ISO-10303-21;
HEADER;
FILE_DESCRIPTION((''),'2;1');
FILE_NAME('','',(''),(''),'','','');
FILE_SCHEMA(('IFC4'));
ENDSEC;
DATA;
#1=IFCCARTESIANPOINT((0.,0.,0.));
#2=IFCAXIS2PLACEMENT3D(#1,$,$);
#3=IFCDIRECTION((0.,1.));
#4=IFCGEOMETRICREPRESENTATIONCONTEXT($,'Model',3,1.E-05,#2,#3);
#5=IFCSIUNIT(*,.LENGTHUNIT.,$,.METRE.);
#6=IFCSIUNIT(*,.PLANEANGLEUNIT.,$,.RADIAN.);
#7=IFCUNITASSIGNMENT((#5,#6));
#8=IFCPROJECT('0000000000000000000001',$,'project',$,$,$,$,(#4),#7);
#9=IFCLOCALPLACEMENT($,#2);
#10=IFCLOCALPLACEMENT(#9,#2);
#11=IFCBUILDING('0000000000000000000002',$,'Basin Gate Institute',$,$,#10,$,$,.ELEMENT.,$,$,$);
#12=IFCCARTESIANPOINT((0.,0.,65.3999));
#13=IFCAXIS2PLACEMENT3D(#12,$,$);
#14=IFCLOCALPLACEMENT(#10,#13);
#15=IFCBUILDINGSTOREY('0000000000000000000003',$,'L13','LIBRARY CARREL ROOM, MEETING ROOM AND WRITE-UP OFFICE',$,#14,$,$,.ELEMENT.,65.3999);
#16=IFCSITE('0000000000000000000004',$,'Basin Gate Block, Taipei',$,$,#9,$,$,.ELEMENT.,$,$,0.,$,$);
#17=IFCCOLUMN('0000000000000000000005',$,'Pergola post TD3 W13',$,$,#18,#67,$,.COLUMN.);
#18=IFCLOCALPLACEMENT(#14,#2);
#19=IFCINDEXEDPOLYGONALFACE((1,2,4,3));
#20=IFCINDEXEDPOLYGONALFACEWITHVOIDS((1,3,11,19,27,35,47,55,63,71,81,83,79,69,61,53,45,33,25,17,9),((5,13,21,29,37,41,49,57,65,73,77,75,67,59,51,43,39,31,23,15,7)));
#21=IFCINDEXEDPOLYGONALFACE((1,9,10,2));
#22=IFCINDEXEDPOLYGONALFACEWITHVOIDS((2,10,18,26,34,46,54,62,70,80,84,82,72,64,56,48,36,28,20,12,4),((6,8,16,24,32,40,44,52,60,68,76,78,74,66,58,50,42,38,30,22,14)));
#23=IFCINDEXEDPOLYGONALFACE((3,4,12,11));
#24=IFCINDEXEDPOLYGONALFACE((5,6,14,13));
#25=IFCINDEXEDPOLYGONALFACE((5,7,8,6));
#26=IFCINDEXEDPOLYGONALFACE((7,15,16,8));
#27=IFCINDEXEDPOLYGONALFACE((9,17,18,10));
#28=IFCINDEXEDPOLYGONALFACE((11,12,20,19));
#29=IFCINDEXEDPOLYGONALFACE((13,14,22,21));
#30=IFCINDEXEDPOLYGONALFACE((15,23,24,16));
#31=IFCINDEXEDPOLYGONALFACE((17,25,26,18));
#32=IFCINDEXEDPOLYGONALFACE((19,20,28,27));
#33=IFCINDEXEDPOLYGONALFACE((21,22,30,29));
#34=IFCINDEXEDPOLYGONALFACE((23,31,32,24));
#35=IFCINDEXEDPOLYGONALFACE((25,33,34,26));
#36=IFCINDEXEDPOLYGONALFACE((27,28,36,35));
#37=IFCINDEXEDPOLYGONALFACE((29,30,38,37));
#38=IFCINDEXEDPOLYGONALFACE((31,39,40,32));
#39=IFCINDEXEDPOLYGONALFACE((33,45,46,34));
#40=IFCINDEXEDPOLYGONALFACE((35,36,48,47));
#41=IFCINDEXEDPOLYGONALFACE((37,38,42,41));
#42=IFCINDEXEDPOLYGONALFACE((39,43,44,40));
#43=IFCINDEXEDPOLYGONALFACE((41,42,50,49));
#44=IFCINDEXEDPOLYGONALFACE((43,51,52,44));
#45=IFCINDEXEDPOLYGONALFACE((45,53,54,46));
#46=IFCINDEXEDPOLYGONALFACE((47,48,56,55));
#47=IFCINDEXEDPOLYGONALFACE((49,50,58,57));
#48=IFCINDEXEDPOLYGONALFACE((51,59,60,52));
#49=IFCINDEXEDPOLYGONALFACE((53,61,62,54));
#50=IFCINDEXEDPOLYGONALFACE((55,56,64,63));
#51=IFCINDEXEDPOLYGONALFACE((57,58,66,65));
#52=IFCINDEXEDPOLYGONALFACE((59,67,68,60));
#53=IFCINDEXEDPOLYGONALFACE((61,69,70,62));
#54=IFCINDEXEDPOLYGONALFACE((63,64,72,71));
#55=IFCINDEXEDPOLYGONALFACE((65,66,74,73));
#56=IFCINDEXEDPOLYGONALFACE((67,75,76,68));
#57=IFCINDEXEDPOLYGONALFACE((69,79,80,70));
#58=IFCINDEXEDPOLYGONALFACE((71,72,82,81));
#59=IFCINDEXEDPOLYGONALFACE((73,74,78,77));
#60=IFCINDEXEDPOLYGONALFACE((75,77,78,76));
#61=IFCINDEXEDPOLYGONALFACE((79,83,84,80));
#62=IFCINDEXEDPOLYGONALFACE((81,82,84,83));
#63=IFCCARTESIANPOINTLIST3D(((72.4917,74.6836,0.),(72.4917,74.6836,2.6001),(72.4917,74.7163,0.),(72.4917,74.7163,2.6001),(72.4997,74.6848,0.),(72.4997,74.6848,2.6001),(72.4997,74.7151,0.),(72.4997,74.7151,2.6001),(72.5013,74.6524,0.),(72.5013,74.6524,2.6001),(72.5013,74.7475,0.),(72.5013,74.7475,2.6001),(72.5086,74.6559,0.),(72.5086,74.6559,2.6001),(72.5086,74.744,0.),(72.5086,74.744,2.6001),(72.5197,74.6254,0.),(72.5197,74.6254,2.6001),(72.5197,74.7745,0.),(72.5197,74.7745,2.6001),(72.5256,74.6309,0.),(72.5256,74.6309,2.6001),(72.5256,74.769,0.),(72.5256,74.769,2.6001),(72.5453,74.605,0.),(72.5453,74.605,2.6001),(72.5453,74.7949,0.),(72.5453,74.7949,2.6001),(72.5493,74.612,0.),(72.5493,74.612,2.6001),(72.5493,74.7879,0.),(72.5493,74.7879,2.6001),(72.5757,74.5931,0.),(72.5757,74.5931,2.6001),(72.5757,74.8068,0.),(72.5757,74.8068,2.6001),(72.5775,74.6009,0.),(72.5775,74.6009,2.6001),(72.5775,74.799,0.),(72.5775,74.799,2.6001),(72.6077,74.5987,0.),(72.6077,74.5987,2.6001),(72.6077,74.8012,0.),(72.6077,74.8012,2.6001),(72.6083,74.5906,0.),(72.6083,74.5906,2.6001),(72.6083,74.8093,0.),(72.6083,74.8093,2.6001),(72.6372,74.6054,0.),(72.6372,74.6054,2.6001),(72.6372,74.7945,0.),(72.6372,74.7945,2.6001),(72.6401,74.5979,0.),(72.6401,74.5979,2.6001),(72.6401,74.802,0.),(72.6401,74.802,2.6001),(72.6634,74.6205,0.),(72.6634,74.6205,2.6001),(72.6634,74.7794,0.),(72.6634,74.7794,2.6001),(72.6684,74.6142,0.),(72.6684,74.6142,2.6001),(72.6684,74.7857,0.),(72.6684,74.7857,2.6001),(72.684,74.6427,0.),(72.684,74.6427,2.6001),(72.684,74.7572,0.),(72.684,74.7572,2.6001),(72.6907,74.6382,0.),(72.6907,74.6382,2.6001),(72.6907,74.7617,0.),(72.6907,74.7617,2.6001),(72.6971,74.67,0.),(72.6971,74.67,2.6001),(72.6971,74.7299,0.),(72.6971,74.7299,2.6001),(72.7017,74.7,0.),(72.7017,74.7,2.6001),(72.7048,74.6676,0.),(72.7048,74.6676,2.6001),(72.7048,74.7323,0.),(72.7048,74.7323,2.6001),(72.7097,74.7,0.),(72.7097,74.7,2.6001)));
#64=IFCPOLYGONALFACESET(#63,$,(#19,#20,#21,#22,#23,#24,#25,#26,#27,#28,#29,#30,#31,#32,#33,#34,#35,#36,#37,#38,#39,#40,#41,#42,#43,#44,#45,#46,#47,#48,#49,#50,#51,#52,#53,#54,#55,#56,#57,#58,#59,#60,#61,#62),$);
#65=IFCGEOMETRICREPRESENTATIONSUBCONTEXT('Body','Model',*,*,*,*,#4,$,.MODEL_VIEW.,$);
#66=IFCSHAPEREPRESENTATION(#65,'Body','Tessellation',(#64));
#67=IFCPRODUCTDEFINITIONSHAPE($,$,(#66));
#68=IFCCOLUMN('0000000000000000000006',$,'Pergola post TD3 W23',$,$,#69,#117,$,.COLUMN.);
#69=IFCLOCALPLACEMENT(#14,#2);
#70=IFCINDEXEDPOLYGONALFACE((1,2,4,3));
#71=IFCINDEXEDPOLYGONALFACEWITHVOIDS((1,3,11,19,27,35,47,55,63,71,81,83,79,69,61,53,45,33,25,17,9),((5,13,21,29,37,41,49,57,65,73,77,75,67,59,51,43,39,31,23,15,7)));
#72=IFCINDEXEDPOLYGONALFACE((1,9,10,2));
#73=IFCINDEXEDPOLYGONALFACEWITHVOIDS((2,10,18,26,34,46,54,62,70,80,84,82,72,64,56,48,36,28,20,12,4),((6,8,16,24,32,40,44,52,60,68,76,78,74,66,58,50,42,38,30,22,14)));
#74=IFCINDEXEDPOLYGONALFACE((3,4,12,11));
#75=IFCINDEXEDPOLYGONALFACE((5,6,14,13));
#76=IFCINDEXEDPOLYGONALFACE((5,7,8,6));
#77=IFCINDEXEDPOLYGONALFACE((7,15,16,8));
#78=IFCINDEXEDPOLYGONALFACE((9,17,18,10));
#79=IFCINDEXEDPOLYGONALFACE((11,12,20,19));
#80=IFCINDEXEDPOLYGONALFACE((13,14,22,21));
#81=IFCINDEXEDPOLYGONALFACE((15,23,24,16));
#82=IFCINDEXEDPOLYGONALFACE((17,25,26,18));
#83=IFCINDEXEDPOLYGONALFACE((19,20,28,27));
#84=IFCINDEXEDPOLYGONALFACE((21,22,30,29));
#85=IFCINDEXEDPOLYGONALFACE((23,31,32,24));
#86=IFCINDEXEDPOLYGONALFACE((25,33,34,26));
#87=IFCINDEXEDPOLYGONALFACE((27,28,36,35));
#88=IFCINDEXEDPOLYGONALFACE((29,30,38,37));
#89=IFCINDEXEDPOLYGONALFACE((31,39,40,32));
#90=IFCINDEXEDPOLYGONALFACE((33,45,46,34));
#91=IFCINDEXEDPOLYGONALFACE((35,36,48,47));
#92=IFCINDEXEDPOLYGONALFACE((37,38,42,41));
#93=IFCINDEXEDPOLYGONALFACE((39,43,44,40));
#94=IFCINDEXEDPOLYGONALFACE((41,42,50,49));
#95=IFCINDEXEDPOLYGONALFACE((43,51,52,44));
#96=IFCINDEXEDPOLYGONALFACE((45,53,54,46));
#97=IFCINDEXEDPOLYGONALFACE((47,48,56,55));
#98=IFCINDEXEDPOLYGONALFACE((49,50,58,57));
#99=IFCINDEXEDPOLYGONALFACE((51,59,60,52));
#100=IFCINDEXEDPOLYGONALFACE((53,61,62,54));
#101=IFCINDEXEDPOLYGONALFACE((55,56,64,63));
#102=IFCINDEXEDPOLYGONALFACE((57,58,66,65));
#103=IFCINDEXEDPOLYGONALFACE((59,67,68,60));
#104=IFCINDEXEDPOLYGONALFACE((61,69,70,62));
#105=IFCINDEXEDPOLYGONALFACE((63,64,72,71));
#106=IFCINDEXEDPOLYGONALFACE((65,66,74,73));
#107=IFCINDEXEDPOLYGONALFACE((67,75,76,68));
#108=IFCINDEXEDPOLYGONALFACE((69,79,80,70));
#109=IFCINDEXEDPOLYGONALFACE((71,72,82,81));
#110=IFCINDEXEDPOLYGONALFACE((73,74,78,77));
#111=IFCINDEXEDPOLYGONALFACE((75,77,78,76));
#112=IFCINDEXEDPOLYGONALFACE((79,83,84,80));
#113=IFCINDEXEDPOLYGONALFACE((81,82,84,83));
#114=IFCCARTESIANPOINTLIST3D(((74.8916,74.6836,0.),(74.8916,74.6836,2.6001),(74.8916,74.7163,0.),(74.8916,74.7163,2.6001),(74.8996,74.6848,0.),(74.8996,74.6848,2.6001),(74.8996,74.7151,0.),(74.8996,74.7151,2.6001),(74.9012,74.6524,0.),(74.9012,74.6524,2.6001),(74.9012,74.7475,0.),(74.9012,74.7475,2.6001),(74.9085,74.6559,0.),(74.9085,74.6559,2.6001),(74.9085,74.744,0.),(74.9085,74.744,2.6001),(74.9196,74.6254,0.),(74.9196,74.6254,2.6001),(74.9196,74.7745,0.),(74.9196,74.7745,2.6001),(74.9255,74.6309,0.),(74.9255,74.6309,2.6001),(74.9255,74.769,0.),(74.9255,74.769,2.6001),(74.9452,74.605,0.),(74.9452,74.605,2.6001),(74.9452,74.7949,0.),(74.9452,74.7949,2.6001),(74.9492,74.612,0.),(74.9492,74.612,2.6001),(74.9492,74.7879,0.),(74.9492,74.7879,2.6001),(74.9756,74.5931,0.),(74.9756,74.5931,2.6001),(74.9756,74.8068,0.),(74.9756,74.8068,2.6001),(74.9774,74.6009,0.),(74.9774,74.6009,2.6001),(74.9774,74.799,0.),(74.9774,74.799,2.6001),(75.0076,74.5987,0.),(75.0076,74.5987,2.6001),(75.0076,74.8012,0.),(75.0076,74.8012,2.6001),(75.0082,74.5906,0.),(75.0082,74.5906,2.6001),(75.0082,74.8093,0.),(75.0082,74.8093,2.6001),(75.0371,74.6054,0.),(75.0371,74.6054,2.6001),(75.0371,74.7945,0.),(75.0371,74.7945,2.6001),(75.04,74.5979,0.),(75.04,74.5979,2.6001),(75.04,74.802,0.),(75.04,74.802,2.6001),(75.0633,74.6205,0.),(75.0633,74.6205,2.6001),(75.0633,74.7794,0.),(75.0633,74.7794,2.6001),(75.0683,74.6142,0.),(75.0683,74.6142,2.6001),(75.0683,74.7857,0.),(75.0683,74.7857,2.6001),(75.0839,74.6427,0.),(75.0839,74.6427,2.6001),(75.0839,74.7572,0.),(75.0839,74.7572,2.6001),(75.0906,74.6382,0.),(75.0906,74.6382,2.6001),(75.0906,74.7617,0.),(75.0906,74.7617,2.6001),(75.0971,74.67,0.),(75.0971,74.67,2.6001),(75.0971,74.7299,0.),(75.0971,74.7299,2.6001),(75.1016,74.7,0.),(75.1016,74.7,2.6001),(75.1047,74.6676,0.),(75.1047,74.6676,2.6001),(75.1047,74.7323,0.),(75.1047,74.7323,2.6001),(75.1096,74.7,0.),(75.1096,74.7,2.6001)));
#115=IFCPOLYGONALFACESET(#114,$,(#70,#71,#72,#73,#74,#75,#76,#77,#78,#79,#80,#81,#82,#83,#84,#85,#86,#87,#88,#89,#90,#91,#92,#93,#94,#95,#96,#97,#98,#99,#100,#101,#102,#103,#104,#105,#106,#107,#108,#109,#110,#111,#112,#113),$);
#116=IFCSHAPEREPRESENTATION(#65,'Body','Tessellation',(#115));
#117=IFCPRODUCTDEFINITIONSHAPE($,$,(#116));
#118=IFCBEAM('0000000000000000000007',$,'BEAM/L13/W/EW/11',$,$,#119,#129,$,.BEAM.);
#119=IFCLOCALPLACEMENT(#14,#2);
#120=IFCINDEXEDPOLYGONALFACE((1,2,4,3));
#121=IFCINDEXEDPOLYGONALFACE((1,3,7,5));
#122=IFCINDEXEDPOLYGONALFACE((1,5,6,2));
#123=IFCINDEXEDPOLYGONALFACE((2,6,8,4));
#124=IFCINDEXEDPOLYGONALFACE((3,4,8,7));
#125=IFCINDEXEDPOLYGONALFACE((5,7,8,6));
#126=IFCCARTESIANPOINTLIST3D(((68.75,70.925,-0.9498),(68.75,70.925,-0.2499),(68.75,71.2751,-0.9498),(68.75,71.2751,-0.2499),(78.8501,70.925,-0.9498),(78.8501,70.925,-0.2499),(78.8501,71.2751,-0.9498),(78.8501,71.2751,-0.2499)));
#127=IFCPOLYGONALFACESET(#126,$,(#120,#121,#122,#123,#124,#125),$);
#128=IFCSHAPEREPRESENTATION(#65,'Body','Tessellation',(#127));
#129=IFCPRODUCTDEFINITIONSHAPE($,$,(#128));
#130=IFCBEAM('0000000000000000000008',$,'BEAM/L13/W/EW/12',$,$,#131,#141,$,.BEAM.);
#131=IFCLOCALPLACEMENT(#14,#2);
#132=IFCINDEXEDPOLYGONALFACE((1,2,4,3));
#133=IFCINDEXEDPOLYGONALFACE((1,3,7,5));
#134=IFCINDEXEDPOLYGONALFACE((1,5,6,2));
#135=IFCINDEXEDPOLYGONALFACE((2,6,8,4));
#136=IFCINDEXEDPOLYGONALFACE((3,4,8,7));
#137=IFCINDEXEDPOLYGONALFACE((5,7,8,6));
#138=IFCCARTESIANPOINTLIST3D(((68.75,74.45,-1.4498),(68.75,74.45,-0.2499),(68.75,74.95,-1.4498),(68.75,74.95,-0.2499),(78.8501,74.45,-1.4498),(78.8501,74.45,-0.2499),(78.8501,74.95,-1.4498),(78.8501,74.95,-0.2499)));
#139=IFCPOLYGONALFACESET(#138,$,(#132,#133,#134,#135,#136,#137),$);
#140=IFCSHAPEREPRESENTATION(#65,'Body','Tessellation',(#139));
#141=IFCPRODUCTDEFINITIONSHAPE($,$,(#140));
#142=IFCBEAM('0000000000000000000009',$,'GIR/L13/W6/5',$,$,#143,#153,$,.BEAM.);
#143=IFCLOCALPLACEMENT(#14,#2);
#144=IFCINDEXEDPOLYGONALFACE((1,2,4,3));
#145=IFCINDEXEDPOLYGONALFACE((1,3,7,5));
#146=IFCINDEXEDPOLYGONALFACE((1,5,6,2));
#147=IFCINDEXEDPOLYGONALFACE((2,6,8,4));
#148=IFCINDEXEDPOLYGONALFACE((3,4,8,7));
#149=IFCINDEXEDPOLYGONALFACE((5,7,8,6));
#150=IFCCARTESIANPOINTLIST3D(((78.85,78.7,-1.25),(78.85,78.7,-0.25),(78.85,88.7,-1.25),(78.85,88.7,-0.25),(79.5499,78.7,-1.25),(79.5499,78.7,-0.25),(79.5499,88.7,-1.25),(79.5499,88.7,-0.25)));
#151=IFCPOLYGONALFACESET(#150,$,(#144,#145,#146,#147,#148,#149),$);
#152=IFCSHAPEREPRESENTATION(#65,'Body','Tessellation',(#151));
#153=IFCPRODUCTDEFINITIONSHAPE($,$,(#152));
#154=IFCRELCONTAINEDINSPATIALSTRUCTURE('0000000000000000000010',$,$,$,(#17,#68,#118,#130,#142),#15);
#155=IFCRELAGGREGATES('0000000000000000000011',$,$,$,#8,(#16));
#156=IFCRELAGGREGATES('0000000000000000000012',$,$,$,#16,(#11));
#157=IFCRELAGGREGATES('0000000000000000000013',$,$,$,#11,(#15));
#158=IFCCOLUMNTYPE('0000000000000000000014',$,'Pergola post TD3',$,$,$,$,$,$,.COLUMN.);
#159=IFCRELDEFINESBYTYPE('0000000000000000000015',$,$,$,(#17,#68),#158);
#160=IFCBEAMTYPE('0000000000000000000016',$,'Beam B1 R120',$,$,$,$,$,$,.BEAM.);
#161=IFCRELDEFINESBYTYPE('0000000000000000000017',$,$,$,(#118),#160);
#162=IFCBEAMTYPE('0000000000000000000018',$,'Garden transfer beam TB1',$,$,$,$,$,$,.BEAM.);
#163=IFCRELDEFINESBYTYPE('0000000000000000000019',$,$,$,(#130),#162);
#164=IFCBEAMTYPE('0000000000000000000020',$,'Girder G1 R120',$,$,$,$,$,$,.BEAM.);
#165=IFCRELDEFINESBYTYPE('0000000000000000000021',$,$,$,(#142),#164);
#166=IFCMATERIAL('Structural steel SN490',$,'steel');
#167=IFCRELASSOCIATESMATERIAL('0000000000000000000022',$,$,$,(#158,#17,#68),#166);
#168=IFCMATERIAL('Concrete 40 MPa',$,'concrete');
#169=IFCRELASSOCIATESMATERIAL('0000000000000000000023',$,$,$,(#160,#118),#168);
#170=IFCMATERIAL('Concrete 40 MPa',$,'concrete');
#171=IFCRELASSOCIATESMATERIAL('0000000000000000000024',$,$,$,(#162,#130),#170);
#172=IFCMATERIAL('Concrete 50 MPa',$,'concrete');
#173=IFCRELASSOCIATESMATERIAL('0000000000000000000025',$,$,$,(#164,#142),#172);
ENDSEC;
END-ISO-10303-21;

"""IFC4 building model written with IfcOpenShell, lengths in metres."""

from ifc_helpers import new_model, si_unit, direction, frame, origin, origin_2d, place, context, subcontext, project, spatial, rectangle, hollow_circle, extrude, material, material_profile, profile_set, type_object, element, save


model = new_model("IFC4")

# Units and contexts
model_context = context("Model", 3, precision=1e-05, world=origin(), true_north=direction((0.0, 1.0)))
body_context = subcontext(model_context, "Body", "Model", "MODEL_VIEW")
ifc_project = project(units=[si_unit("LENGTHUNIT", "METRE"), si_unit("PLANEANGLEUNIT", "RADIAN")], contexts=[model_context])

# Site, building, storey
site_placement = place(None, origin())
site = spatial("IfcSite", under=ifc_project, at=site_placement, Name="Basin Gate Block, Taipei", CompositionType="ELEMENT", RefElevation=0.0)
building_placement = place(site_placement, origin())
building = spatial("IfcBuilding", under=site, at=building_placement, Name="Basin Gate Institute", CompositionType="ELEMENT")
storey_placement = place(building_placement, frame((0.0, 0.0, 65.3999)))
storey = spatial("IfcBuildingStorey", under=building, at=storey_placement, Name="L13", Description="LIBRARY CARREL ROOM, MEETING ROOM AND WRITE-UP OFFICE", CompositionType="ELEMENT", Elevation=65.3999)

# Columns
ifc_material_1 = material(Name="Structural steel SN490", Category="steel")
ifc_material_profile_1 = material_profile(ifc_material_1, hollow_circle(Radius=0.1096, WallThickness=0.0081, at=origin_2d()), Name="CHS219x8")
ifc_profile_set_1 = profile_set([ifc_material_profile_1], Name="Structural steel SN490")
column_type = type_object("IfcColumnType", Name="Pergola post TD3", PredefinedType="COLUMN", material=ifc_profile_set_1)
for number, where, z_axis, x_axis, name in (
    (1, (72.6001, 74.7, 0.0), (0.0, 0.0, 1.0), (1.0, 0.0, 0.0), "Pergola post TD3 W13"),
    (2, (75.0, 74.7, 0.0), (0.0, 0.0, 1.0), (1.0, 0.0, 0.0), "Pergola post TD3 W23"),
):
    element("IfcColumn", number, at=place(storey_placement, frame(where, z_axis=z_axis, x_axis=x_axis)), inside=storey, type_object=column_type, material=ifc_profile_set_1, Name=name, PredefinedType="COLUMN", context=body_context, shape_type="SweptSolid", body=[
        extrude(hollow_circle(Radius=0.1096, WallThickness=0.0081, at=origin_2d()), origin(), (0.0, 0.0, 1.0), 2.6001),
    ])

# Beams
ifc_material_2 = material(Name="Concrete 40 MPa", Category="concrete")
ifc_material_profile_2 = material_profile(ifc_material_2, rectangle(XDim=0.3501, YDim=0.7, at=origin_2d()), Name="Beam B1 350 x 700")
ifc_profile_set_2 = profile_set([ifc_material_profile_2], Name="Concrete 40 MPa")
beam_type_1 = type_object("IfcBeamType", Name="Beam B1 R120", PredefinedType="BEAM", material=ifc_profile_set_2)
beam_1_placement = place(storey_placement, frame((68.75, 71.1001, -0.5999), z_axis=(1.0, 0.0, 0.0), x_axis=(0.0, 1.0, 0.0)))
element("IfcBeam", 3, at=beam_1_placement, inside=storey, type_object=beam_type_1, material=ifc_profile_set_2, Name="BEAM/L13/W/EW/11", PredefinedType="BEAM", context=body_context, shape_type="SweptSolid", body=[
    extrude(rectangle(XDim=0.3501, YDim=0.7, at=origin_2d()), origin(), (0.0, 0.0, 1.0), 10.1001),
])
ifc_material_3 = material(Name="Concrete 40 MPa", Category="concrete")
ifc_material_profile_3 = material_profile(ifc_material_3, rectangle(XDim=0.5, YDim=1.2, at=origin_2d()), Name="Garden transfer beam TB1 500 x 1200")
ifc_profile_set_3 = profile_set([ifc_material_profile_3], Name="Concrete 40 MPa")
beam_type_2 = type_object("IfcBeamType", Name="Garden transfer beam TB1", PredefinedType="BEAM", material=ifc_profile_set_3)
beam_2_placement = place(storey_placement, frame((68.75, 74.7, -0.8499), z_axis=(1.0, 0.0, 0.0), x_axis=(0.0, 1.0, 0.0)))
element("IfcBeam", 4, at=beam_2_placement, inside=storey, type_object=beam_type_2, material=ifc_profile_set_3, Name="BEAM/L13/W/EW/12", PredefinedType="BEAM", context=body_context, shape_type="SweptSolid", body=[
    extrude(rectangle(XDim=0.5, YDim=1.2, at=origin_2d()), origin(), (0.0, 0.0, 1.0), 10.1001),
])
ifc_material_4 = material(Name="Concrete 50 MPa", Category="concrete")
ifc_material_profile_4 = material_profile(ifc_material_4, rectangle(XDim=0.7, YDim=1.0, at=origin_2d()), Name="Girder G1 700 x 1000")
ifc_profile_set_4 = profile_set([ifc_material_profile_4], Name="Concrete 50 MPa")
beam_type_3 = type_object("IfcBeamType", Name="Girder G1 R120", PredefinedType="BEAM", material=ifc_profile_set_4)
beam_3_placement = place(storey_placement, frame((79.2, 78.7, -0.75), z_axis=(0.0, 1.0, 0.0), x_axis=(-1.0, 0.0, 0.0)))
element("IfcBeam", 5, at=beam_3_placement, inside=storey, type_object=beam_type_3, material=ifc_profile_set_4, Name="GIR/L13/W6/5", PredefinedType="BEAM", context=body_context, shape_type="SweptSolid", body=[
    extrude(rectangle(XDim=0.7, YDim=1.0, at=origin_2d()), origin(), (0.0, 0.0, 1.0), 10.0),
])

save(model, "model.ifc")
